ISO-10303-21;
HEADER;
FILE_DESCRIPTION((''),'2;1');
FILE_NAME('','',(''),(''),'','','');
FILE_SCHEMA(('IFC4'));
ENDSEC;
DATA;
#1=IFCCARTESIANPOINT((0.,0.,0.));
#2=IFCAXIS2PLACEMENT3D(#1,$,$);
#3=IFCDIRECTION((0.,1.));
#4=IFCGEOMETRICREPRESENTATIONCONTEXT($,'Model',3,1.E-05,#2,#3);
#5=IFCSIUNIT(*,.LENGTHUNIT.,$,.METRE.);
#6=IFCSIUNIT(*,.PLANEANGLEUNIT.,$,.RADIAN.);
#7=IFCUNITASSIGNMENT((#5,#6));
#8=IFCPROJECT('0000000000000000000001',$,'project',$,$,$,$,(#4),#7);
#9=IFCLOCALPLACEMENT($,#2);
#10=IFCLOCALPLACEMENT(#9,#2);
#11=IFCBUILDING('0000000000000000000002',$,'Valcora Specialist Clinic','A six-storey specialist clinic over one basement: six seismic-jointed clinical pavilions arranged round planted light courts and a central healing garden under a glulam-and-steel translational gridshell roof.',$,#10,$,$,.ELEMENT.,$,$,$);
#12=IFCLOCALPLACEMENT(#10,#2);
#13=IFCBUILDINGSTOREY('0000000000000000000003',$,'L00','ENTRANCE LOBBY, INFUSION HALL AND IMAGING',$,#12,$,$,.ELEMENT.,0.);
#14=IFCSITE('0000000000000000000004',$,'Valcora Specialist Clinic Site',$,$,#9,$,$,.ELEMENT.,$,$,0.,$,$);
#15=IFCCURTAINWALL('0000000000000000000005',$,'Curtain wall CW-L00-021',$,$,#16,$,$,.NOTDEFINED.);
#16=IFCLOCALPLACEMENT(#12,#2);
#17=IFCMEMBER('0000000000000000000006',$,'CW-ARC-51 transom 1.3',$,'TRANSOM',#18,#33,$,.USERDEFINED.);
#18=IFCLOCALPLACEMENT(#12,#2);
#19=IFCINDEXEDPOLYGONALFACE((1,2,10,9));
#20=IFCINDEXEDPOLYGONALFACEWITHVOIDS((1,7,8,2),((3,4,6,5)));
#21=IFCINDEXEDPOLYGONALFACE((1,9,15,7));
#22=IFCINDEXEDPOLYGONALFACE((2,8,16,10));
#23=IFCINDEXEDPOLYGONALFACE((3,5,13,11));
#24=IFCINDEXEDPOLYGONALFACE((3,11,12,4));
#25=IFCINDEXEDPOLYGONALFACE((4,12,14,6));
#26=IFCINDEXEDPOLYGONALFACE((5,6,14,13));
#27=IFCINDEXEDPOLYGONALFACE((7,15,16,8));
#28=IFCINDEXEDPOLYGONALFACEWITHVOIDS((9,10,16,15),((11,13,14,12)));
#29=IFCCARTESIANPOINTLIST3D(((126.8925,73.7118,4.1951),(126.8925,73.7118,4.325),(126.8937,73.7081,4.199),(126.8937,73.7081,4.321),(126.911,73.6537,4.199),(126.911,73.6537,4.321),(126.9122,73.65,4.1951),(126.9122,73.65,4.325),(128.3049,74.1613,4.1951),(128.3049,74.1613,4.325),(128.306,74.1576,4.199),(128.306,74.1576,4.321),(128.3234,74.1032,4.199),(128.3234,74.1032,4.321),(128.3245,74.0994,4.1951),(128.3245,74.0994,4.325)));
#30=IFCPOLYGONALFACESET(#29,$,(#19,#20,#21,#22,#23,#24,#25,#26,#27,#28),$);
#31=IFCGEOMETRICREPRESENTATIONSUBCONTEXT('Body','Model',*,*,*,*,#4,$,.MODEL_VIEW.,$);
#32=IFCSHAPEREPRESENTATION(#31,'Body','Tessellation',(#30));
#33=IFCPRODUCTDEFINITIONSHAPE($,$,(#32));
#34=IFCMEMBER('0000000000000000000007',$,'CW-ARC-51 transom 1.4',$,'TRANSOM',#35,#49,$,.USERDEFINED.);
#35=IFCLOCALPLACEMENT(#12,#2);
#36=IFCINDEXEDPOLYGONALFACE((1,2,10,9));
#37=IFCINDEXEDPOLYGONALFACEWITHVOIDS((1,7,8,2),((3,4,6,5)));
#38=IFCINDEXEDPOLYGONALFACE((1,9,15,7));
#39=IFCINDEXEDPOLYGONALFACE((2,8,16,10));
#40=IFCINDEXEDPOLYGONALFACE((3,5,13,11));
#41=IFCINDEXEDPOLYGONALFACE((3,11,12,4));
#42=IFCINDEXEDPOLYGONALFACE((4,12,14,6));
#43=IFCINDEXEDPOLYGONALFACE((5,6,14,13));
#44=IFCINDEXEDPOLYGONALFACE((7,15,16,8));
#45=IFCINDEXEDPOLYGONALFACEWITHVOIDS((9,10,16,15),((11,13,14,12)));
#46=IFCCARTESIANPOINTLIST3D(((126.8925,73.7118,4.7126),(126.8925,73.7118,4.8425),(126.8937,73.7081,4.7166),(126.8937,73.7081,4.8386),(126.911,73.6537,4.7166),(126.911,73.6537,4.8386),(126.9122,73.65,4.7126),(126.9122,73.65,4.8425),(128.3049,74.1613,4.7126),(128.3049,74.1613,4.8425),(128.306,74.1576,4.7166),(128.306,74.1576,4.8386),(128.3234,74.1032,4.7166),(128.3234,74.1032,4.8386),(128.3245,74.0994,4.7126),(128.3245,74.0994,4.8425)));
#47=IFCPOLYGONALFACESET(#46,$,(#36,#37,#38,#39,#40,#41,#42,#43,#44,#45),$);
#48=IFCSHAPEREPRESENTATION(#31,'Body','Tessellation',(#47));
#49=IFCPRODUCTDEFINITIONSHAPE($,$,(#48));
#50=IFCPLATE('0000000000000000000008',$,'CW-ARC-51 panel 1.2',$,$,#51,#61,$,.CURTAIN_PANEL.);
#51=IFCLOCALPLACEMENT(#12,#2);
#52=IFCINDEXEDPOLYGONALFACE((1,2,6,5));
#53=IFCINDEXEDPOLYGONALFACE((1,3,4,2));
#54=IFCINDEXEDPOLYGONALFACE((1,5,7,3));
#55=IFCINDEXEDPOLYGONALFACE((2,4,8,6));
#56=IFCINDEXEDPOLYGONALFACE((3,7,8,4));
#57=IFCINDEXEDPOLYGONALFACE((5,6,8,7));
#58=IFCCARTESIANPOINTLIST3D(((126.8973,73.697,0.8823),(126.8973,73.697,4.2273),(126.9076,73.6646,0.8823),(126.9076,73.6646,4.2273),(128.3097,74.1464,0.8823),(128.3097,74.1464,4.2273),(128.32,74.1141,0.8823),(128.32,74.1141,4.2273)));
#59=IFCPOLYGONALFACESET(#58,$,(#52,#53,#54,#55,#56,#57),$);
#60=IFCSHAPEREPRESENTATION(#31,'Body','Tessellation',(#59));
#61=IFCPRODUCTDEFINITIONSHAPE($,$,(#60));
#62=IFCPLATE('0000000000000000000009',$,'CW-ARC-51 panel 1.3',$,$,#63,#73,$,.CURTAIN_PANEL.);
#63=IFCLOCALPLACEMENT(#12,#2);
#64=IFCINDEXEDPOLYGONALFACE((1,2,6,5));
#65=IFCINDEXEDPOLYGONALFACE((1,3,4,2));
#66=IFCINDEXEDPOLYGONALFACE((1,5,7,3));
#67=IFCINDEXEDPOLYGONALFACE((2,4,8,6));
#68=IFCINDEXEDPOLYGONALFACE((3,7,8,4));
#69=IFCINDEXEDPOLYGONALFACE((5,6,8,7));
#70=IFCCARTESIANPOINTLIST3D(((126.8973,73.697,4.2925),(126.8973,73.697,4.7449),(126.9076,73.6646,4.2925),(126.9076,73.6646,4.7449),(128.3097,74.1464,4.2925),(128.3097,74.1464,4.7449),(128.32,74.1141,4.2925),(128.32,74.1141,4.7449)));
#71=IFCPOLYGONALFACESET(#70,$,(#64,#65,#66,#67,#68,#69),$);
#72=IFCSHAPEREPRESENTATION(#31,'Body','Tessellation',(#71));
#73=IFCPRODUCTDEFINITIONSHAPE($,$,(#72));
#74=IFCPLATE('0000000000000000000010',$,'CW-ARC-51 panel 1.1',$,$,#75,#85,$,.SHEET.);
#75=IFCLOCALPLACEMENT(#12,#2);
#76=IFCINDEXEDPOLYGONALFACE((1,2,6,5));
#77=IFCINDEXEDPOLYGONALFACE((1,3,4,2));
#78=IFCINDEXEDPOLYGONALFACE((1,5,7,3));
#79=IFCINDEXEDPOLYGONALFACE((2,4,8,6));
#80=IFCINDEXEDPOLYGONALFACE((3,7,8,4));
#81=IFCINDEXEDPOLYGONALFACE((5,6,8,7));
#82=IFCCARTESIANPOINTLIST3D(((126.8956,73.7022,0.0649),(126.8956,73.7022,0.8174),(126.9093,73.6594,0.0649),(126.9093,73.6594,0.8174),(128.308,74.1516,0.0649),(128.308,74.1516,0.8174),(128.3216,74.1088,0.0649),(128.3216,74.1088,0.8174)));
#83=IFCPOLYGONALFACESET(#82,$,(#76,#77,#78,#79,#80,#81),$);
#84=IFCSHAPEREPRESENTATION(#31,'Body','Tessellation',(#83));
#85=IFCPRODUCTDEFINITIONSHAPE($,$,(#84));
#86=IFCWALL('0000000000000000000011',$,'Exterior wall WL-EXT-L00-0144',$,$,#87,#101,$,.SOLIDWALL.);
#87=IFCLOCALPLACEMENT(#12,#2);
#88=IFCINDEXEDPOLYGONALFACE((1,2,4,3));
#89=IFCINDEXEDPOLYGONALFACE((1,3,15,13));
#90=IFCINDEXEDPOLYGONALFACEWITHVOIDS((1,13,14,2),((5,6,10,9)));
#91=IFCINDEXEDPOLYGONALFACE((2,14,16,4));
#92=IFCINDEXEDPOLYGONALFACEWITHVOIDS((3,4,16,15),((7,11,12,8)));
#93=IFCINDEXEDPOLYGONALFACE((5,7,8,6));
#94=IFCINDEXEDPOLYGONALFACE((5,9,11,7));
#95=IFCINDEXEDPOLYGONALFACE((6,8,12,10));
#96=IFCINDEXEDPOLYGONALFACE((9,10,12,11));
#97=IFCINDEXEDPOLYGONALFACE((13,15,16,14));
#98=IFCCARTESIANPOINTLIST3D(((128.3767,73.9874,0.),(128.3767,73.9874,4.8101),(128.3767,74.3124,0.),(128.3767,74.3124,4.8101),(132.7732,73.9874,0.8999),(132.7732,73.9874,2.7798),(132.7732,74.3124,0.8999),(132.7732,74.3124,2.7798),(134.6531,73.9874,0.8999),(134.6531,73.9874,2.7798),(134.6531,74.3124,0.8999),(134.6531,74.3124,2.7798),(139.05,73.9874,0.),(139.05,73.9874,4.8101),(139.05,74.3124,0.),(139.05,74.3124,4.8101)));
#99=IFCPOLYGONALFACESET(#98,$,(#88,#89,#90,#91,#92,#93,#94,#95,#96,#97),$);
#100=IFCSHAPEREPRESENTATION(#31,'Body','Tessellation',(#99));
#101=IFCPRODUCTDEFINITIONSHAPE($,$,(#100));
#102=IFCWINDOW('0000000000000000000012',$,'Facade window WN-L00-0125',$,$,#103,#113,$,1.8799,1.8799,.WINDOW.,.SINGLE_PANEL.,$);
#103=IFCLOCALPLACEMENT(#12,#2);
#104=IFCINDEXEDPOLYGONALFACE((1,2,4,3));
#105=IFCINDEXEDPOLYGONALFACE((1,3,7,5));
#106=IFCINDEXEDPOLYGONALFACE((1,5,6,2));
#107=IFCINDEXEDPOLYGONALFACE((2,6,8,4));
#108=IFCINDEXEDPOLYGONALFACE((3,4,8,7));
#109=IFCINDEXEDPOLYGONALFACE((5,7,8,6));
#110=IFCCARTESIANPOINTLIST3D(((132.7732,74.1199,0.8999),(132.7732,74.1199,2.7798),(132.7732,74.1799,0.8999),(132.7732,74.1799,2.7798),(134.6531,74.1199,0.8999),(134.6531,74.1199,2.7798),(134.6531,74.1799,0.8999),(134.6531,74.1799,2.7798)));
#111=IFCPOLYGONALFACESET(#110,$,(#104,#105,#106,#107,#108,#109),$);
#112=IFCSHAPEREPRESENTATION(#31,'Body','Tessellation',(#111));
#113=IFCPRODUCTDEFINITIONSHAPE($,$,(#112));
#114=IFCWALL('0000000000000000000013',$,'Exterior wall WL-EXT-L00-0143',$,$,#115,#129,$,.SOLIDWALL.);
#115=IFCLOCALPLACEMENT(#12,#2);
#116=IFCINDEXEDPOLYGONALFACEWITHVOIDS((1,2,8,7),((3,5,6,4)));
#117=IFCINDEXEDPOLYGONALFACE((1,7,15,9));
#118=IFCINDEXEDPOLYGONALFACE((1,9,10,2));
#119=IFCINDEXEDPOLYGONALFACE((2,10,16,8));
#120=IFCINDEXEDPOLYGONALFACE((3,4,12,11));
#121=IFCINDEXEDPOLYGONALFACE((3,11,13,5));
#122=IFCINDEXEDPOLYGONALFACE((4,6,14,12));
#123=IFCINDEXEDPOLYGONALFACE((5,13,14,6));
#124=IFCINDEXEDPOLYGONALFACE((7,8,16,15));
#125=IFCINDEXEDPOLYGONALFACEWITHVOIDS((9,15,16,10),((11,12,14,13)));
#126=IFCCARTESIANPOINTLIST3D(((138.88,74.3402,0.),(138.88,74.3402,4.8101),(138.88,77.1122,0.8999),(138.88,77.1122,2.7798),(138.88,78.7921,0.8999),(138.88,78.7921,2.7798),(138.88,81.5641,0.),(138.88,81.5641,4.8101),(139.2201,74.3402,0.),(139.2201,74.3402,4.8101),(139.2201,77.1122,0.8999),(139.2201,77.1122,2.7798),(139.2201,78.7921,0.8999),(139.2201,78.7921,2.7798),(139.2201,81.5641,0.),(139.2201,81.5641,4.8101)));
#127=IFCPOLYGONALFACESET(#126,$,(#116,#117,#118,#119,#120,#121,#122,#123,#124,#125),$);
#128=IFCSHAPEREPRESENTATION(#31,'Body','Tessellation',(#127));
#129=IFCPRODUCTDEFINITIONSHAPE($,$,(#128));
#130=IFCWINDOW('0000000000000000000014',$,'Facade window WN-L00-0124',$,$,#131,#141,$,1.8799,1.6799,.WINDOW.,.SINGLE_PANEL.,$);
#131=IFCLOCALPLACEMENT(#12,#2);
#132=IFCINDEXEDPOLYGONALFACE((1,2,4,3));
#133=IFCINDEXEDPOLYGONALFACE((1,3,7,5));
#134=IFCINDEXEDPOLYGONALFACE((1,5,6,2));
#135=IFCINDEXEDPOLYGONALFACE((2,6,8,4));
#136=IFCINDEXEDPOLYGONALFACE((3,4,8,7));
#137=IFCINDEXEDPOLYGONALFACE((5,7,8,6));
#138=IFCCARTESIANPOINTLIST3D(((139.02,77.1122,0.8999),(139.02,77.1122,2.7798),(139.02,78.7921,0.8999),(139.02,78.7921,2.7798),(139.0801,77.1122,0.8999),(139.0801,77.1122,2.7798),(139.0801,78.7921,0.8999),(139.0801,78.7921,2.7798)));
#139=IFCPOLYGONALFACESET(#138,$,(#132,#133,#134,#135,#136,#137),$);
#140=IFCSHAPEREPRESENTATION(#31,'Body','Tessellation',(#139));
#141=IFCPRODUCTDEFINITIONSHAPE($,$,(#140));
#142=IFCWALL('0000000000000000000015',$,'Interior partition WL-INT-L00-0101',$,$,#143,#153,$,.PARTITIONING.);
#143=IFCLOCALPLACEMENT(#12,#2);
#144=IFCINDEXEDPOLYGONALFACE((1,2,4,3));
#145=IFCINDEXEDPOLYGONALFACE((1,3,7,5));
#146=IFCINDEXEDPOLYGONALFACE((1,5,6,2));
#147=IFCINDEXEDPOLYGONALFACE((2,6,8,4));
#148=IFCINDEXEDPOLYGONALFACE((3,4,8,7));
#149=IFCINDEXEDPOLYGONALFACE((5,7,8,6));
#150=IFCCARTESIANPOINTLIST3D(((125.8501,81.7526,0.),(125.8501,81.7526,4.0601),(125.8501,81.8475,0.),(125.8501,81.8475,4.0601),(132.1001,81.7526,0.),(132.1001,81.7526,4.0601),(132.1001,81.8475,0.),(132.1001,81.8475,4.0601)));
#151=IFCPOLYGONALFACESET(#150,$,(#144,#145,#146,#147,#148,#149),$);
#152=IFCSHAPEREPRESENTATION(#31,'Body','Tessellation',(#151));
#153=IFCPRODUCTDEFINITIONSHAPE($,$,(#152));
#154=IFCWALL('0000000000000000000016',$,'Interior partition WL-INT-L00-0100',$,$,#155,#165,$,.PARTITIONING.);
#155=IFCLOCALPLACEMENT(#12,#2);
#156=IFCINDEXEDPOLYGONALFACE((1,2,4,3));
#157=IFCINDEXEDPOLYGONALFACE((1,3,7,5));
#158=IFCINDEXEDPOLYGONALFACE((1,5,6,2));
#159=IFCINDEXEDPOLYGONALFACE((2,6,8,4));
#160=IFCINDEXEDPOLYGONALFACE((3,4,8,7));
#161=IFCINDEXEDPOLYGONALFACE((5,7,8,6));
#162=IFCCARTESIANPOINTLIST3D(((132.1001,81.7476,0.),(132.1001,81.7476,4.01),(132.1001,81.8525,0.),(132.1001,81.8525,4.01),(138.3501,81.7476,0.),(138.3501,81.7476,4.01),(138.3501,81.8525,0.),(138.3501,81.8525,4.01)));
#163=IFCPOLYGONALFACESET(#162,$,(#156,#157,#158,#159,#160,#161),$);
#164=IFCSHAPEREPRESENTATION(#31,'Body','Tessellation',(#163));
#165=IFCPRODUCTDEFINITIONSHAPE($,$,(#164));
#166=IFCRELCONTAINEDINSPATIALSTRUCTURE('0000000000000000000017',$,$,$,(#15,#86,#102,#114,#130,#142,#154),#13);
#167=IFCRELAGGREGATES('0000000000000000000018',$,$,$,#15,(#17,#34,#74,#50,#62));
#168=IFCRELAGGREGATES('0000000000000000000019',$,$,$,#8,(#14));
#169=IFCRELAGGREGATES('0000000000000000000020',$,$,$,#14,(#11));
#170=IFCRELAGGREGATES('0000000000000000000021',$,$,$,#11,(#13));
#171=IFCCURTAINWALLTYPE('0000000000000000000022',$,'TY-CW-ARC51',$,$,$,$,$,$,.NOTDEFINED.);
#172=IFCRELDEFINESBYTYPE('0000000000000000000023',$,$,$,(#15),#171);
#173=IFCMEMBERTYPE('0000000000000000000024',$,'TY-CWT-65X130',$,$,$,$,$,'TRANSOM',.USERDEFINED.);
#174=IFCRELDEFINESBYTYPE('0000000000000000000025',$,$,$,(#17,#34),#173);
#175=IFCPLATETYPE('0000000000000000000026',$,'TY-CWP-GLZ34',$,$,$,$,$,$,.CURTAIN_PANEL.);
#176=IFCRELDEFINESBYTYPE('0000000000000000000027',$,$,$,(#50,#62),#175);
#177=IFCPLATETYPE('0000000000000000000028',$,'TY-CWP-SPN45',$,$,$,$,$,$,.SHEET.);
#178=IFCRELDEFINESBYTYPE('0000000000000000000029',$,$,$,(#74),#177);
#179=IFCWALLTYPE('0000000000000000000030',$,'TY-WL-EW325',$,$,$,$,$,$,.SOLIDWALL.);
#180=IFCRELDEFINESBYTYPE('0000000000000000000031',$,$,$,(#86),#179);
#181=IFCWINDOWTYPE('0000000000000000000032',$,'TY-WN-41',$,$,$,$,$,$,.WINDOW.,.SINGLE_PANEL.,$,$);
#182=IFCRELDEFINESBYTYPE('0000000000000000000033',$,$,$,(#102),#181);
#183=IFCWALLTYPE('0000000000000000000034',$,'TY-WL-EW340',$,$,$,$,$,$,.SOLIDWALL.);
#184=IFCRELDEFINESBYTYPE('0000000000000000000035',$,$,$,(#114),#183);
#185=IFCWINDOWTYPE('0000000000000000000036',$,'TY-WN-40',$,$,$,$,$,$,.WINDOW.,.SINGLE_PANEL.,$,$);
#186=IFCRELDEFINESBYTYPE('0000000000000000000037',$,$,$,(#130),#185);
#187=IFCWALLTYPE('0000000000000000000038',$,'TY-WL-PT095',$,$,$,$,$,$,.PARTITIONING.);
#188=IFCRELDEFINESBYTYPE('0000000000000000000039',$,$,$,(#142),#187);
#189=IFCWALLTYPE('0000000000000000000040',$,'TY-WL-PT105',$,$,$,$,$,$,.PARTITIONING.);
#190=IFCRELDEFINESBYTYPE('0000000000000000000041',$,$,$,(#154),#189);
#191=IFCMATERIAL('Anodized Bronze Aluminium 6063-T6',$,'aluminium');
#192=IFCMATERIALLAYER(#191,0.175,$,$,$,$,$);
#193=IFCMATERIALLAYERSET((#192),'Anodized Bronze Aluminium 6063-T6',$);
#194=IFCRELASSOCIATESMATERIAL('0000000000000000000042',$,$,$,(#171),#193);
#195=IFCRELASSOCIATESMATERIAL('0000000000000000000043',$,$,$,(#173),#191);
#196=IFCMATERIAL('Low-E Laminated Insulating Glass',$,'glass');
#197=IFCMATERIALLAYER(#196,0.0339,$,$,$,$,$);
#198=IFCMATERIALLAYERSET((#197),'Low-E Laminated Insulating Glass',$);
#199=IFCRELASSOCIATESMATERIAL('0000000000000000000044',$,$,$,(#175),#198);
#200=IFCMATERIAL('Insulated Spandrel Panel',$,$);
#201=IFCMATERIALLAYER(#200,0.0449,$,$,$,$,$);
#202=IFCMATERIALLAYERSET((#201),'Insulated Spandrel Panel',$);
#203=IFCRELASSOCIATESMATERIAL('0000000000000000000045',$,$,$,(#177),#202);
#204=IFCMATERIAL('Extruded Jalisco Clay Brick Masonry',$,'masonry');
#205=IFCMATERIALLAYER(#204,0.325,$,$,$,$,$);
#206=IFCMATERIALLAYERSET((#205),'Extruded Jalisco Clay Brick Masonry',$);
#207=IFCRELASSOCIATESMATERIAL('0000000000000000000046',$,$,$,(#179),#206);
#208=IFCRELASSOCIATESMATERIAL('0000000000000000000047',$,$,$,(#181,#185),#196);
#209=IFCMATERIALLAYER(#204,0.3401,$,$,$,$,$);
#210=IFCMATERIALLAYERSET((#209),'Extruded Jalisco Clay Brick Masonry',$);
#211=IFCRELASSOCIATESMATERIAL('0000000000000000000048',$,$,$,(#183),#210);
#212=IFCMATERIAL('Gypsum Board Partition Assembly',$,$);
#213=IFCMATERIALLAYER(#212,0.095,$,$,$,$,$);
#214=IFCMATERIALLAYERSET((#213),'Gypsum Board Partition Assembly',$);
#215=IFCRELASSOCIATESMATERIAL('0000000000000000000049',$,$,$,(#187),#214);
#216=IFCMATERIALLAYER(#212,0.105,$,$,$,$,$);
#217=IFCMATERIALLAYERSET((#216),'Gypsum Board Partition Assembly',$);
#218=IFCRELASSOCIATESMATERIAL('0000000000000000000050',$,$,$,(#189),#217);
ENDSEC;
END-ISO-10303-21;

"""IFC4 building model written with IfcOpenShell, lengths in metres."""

from ifc_helpers import new_model, si_unit, direction, frame, frame_2d, origin, origin_2d, place, context, subcontext, project, spatial, rectangle, hollow_rectangle, extrude, material, layer, layer_set, material_profile, profile_set, type_object, element, fill, aggregate, save


model = new_model("IFC4")

# Units and contexts
model_context = context("Model", 3, precision=1e-05, world=origin(), true_north=direction((0.0, 1.0)))
body_context = subcontext(model_context, "Body", "Model", "MODEL_VIEW")
ifc_project = project(units=[si_unit("LENGTHUNIT", "METRE"), si_unit("PLANEANGLEUNIT", "RADIAN")], contexts=[model_context])

# Site, building, storey
site_placement = place(None, origin())
site = spatial("IfcSite", under=ifc_project, at=site_placement, Name="Valcora Specialist Clinic Site", CompositionType="ELEMENT", RefElevation=0.0)
building_placement = place(site_placement, origin())
building = spatial("IfcBuilding", under=site, at=building_placement, Name="Valcora Specialist Clinic", Description="A six-storey specialist clinic over one basement: six seismic-jointed clinical pavilions arranged round planted light courts and a central healing garden under a glulam-and-steel translational gridshell roof.", CompositionType="ELEMENT")
storey_placement = place(building_placement, origin())
storey = spatial("IfcBuildingStorey", under=building, at=storey_placement, Name="L00", Description="ENTRANCE LOBBY, INFUSION HALL AND IMAGING", CompositionType="ELEMENT", Elevation=0.0)

# Curtain wall, members, plates
ifc_material_1 = material(Name="Anodized Bronze Aluminium 6063-T6", Category="aluminium")
ifc_layer_1 = layer(ifc_material_1, 0.175)
ifc_layer_set_1 = layer_set([ifc_layer_1], Name="Anodized Bronze Aluminium 6063-T6")
curtain_wall_type = type_object("IfcCurtainWallType", Name="TY-CW-ARC51", PredefinedType="NOTDEFINED", material=ifc_layer_set_1)
curtain_wall_placement = place(storey_placement, origin())
curtain_wall = element("IfcCurtainWall", 1, at=curtain_wall_placement, inside=storey, type_object=curtain_wall_type, Name="Curtain wall CW-L00-021", PredefinedType="NOTDEFINED")
ifc_material_profile_1 = material_profile(ifc_material_1, hollow_rectangle(XDim=0.0649, YDim=0.1299, WallThickness=0.0039, at=origin_2d()), Name="AL-TRN-65X130")
ifc_profile_set_1 = profile_set([ifc_material_profile_1], Name="Anodized Bronze Aluminium 6063-T6")
member_type_1 = type_object("IfcMemberType", Name="TY-CWT-65X130", ElementType="TRANSOM", PredefinedType="USERDEFINED", material=ifc_profile_set_1)
member_1_placement = place(storey_placement, frame((128.3147, 74.1304, 4.26), z_axis=(-0.952911, -0.303251, 0.0), x_axis=(0.303251, -0.952911, 0.0)))
member_1 = element("IfcMember", 2, at=member_1_placement, type_object=member_type_1, Name="CW-ARC-51 transom 1.3", ObjectType="TRANSOM", PredefinedType="USERDEFINED", context=body_context, shape_type="SweptSolid", body=[
    extrude(hollow_rectangle(XDim=0.0649, YDim=0.1299, WallThickness=0.0039, at=origin_2d()), origin(), (0.0, 0.0, 1.0), 1.4822),
])
member_2_placement = place(storey_placement, frame((128.3147, 74.1304, 4.7776), z_axis=(-0.952911, -0.303251, 0.0), x_axis=(0.303251, -0.952911, 0.0)))
member_2 = element("IfcMember", 3, at=member_2_placement, type_object=member_type_1, Name="CW-ARC-51 transom 1.4", ObjectType="TRANSOM", PredefinedType="USERDEFINED", context=body_context, shape_type="SweptSolid", body=[
    extrude(hollow_rectangle(XDim=0.0649, YDim=0.1299, WallThickness=0.0039, at=origin_2d()), origin(), (0.0, 0.0, 1.0), 1.4822),
])
ifc_material_2 = material(Name="Low-E Laminated Insulating Glass", Category="glass")
ifc_layer_2 = layer(ifc_material_2, 0.0339)
ifc_layer_set_2 = layer_set([ifc_layer_2], Name="Low-E Laminated Insulating Glass")
plate_type_1 = type_object("IfcPlateType", Name="TY-CWP-GLZ34", PredefinedType="CURTAIN_PANEL", material=ifc_layer_set_2)
plate_1_placement = place(storey_placement, frame((127.6086, 73.9055, 0.8823), z_axis=(0.0, 0.0, 1.0), x_axis=(-0.952916, -0.303233, 0.0)))
plate_1 = element("IfcPlate", 4, at=plate_1_placement, type_object=plate_type_1, Name="CW-ARC-51 panel 1.2", PredefinedType="CURTAIN_PANEL", context=body_context, shape_type="SweptSolid", body=[
    extrude(rectangle(XDim=1.4822, YDim=0.0339, at=origin_2d()), origin(), (0.0, 0.0, 1.0), 3.345),
])
plate_2_placement = place(storey_placement, frame((127.6086, 73.9055, 4.2925), z_axis=(0.0, 0.0, 1.0), x_axis=(-0.952916, -0.303233, 0.0)))
plate_2 = element("IfcPlate", 5, at=plate_2_placement, type_object=plate_type_1, Name="CW-ARC-51 panel 1.3", PredefinedType="CURTAIN_PANEL", context=body_context, shape_type="SweptSolid", body=[
    extrude(rectangle(XDim=1.4822, YDim=0.0339, at=origin_2d()), origin(), (0.0, 0.0, 1.0), 0.4524),
])
ifc_material_3 = material(Name="Insulated Spandrel Panel")
ifc_layer_3 = layer(ifc_material_3, 0.0449)
ifc_layer_set_3 = layer_set([ifc_layer_3], Name="Insulated Spandrel Panel")
plate_type_2 = type_object("IfcPlateType", Name="TY-CWP-SPN45", PredefinedType="SHEET", material=ifc_layer_set_3)
plate_3_placement = place(storey_placement, frame((127.6086, 73.9055, 0.0649), z_axis=(0.0, 0.0, 1.0), x_axis=(-0.952916, -0.303233, 0.0)))
plate_3 = element("IfcPlate", 6, at=plate_3_placement, type_object=plate_type_2, Name="CW-ARC-51 panel 1.1", PredefinedType="SHEET", context=body_context, shape_type="SweptSolid", body=[
    extrude(rectangle(XDim=1.4822, YDim=0.0449, at=origin_2d()), origin(), (0.0, 0.0, 1.0), 0.7524),
])
aggregate(curtain_wall, [member_1, member_2, plate_3, plate_1, plate_2])

# Walls, openings, windows
ifc_material_4 = material(Name="Extruded Jalisco Clay Brick Masonry", Category="masonry")
ifc_layer_4 = layer(ifc_material_4, 0.325)
ifc_layer_set_4 = layer_set([ifc_layer_4], Name="Extruded Jalisco Clay Brick Masonry")
wall_type_1 = type_object("IfcWallType", Name="TY-WL-EW325", PredefinedType="SOLIDWALL", material=ifc_layer_set_4)
wall_1_placement = place(storey_placement, frame((139.05, 74.1499, 0.0), z_axis=(0.0, 0.0, 1.0), x_axis=(-1.0, 0.0, 0.0)))
wall_1 = element("IfcWall", 7, at=wall_1_placement, inside=storey, type_object=wall_type_1, Name="Exterior wall WL-EXT-L00-0144", PredefinedType="SOLIDWALL", context=body_context, shape_type="SweptSolid", body=[
    extrude(rectangle(XDim=10.6733, YDim=0.325, at=frame_2d((5.3367, 0.0))), origin(), (0.0, 0.0, 1.0), 4.8101),
])
opening_1_placement = place(wall_1_placement, frame((4.397, 0.0, 0.8999)))
opening_1 = element("IfcOpeningElement", 8, at=opening_1_placement, cuts=wall_1, PredefinedType="OPENING", context=body_context, shape_type="SweptSolid", body=[
    extrude(rectangle(XDim=1.8799, YDim=1.8799, at=frame_2d((0.9399, 0.9399))), frame((0.0, 0.1724, 0.0), z_axis=(0.0, -1.0, 0.0), x_axis=(1.0, 0.0, 0.0)), (0.0, 0.0, 1.0), 0.345),
])
window_type_1 = type_object("IfcWindowType", Name="TY-WN-41", PartitioningType="SINGLE_PANEL", PredefinedType="WINDOW", material=ifc_material_2)
window_1_placement = place(opening_1_placement, origin())
window_1 = element("IfcWindow", 9, at=window_1_placement, inside=storey, type_object=window_type_1, Name="Facade window WN-L00-0125", OverallHeight=1.8799, OverallWidth=1.8799, PartitioningType="SINGLE_PANEL", PredefinedType="WINDOW", context=body_context, shape_type="SweptSolid", body=[
    extrude(rectangle(XDim=1.8799, YDim=1.8799, at=frame_2d((0.9399, 0.9399))), frame((0.0, 0.03, 0.0), z_axis=(0.0, -1.0, 0.0), x_axis=(1.0, 0.0, 0.0)), (0.0, 0.0, 1.0), 0.0601),
])
fill(opening_1, window_1)
ifc_layer_5 = layer(ifc_material_4, 0.3401)
ifc_layer_set_5 = layer_set([ifc_layer_5], Name="Extruded Jalisco Clay Brick Masonry")
wall_type_2 = type_object("IfcWallType", Name="TY-WL-EW340", PredefinedType="SOLIDWALL", material=ifc_layer_set_5)
wall_2_placement = place(storey_placement, frame((139.05, 81.564, 0.0), z_axis=(0.0, 0.0, 1.0), x_axis=(0.0, -1.0, 0.0)))
wall_2 = element("IfcWall", 10, at=wall_2_placement, inside=storey, type_object=wall_type_2, Name="Exterior wall WL-EXT-L00-0143", PredefinedType="SOLIDWALL", context=body_context, shape_type="SweptSolid", body=[
    extrude(rectangle(XDim=7.2239, YDim=0.3401, at=frame_2d((3.6118, 0.0))), origin(), (0.0, 0.0, 1.0), 4.8101),
])
opening_2_placement = place(wall_2_placement, frame((2.772, 0.0, 0.8999)))
opening_2 = element("IfcOpeningElement", 11, at=opening_2_placement, cuts=wall_2, PredefinedType="OPENING", context=body_context, shape_type="SweptSolid", body=[
    extrude(rectangle(XDim=1.6799, YDim=1.8799, at=frame_2d((0.8398, 0.9399))), frame((0.0, 0.1799, 0.0), z_axis=(0.0, -1.0, 0.0), x_axis=(1.0, 0.0, 0.0)), (0.0, 0.0, 1.0), 0.3601),
])
window_type_2 = type_object("IfcWindowType", Name="TY-WN-40", PartitioningType="SINGLE_PANEL", PredefinedType="WINDOW", material=ifc_material_2)
window_2_placement = place(opening_2_placement, origin())
window_2 = element("IfcWindow", 12, at=window_2_placement, inside=storey, type_object=window_type_2, Name="Facade window WN-L00-0124", OverallHeight=1.8799, OverallWidth=1.6799, PartitioningType="SINGLE_PANEL", PredefinedType="WINDOW", context=body_context, shape_type="SweptSolid", body=[
    extrude(rectangle(XDim=1.6799, YDim=1.8799, at=frame_2d((0.8398, 0.9399))), frame((0.0, 0.03, 0.0), z_axis=(0.0, -1.0, 0.0), x_axis=(1.0, 0.0, 0.0)), (0.0, 0.0, 1.0), 0.0601),
])
fill(opening_2, window_2)

# Walls
ifc_material_5 = material(Name="Gypsum Board Partition Assembly")
ifc_layer_6 = layer(ifc_material_5, 0.095)
ifc_layer_set_6 = layer_set([ifc_layer_6], Name="Gypsum Board Partition Assembly")
wall_type_3 = type_object("IfcWallType", Name="TY-WL-PT095", PredefinedType="PARTITIONING", material=ifc_layer_set_6)
wall_3_placement = place(storey_placement, frame((132.1001, 81.8, 0.0), z_axis=(0.0, 0.0, 1.0), x_axis=(-1.0, 0.0, 0.0)))
element("IfcWall", 13, at=wall_3_placement, inside=storey, type_object=wall_type_3, Name="Interior partition WL-INT-L00-0101", PredefinedType="PARTITIONING", context=body_context, shape_type="SweptSolid", body=[
    extrude(rectangle(XDim=6.25, YDim=0.095, at=frame_2d((3.125, 0.0))), origin(), (0.0, 0.0, 1.0), 4.0601),
])
ifc_layer_7 = layer(ifc_material_5, 0.105)
ifc_layer_set_7 = layer_set([ifc_layer_7], Name="Gypsum Board Partition Assembly")
wall_type_4 = type_object("IfcWallType", Name="TY-WL-PT105", PredefinedType="PARTITIONING", material=ifc_layer_set_7)
wall_4_placement = place(storey_placement, frame((138.3501, 81.8, 0.0), z_axis=(0.0, 0.0, 1.0), x_axis=(-1.0, 0.0, 0.0)))
element("IfcWall", 14, at=wall_4_placement, inside=storey, type_object=wall_type_4, Name="Interior partition WL-INT-L00-0100", PredefinedType="PARTITIONING", context=body_context, shape_type="SweptSolid", body=[
    extrude(rectangle(XDim=6.25, YDim=0.105, at=frame_2d((3.125, 0.0))), origin(), (0.0, 0.0, 1.0), 4.01),
])

save(model, "model.ifc")
